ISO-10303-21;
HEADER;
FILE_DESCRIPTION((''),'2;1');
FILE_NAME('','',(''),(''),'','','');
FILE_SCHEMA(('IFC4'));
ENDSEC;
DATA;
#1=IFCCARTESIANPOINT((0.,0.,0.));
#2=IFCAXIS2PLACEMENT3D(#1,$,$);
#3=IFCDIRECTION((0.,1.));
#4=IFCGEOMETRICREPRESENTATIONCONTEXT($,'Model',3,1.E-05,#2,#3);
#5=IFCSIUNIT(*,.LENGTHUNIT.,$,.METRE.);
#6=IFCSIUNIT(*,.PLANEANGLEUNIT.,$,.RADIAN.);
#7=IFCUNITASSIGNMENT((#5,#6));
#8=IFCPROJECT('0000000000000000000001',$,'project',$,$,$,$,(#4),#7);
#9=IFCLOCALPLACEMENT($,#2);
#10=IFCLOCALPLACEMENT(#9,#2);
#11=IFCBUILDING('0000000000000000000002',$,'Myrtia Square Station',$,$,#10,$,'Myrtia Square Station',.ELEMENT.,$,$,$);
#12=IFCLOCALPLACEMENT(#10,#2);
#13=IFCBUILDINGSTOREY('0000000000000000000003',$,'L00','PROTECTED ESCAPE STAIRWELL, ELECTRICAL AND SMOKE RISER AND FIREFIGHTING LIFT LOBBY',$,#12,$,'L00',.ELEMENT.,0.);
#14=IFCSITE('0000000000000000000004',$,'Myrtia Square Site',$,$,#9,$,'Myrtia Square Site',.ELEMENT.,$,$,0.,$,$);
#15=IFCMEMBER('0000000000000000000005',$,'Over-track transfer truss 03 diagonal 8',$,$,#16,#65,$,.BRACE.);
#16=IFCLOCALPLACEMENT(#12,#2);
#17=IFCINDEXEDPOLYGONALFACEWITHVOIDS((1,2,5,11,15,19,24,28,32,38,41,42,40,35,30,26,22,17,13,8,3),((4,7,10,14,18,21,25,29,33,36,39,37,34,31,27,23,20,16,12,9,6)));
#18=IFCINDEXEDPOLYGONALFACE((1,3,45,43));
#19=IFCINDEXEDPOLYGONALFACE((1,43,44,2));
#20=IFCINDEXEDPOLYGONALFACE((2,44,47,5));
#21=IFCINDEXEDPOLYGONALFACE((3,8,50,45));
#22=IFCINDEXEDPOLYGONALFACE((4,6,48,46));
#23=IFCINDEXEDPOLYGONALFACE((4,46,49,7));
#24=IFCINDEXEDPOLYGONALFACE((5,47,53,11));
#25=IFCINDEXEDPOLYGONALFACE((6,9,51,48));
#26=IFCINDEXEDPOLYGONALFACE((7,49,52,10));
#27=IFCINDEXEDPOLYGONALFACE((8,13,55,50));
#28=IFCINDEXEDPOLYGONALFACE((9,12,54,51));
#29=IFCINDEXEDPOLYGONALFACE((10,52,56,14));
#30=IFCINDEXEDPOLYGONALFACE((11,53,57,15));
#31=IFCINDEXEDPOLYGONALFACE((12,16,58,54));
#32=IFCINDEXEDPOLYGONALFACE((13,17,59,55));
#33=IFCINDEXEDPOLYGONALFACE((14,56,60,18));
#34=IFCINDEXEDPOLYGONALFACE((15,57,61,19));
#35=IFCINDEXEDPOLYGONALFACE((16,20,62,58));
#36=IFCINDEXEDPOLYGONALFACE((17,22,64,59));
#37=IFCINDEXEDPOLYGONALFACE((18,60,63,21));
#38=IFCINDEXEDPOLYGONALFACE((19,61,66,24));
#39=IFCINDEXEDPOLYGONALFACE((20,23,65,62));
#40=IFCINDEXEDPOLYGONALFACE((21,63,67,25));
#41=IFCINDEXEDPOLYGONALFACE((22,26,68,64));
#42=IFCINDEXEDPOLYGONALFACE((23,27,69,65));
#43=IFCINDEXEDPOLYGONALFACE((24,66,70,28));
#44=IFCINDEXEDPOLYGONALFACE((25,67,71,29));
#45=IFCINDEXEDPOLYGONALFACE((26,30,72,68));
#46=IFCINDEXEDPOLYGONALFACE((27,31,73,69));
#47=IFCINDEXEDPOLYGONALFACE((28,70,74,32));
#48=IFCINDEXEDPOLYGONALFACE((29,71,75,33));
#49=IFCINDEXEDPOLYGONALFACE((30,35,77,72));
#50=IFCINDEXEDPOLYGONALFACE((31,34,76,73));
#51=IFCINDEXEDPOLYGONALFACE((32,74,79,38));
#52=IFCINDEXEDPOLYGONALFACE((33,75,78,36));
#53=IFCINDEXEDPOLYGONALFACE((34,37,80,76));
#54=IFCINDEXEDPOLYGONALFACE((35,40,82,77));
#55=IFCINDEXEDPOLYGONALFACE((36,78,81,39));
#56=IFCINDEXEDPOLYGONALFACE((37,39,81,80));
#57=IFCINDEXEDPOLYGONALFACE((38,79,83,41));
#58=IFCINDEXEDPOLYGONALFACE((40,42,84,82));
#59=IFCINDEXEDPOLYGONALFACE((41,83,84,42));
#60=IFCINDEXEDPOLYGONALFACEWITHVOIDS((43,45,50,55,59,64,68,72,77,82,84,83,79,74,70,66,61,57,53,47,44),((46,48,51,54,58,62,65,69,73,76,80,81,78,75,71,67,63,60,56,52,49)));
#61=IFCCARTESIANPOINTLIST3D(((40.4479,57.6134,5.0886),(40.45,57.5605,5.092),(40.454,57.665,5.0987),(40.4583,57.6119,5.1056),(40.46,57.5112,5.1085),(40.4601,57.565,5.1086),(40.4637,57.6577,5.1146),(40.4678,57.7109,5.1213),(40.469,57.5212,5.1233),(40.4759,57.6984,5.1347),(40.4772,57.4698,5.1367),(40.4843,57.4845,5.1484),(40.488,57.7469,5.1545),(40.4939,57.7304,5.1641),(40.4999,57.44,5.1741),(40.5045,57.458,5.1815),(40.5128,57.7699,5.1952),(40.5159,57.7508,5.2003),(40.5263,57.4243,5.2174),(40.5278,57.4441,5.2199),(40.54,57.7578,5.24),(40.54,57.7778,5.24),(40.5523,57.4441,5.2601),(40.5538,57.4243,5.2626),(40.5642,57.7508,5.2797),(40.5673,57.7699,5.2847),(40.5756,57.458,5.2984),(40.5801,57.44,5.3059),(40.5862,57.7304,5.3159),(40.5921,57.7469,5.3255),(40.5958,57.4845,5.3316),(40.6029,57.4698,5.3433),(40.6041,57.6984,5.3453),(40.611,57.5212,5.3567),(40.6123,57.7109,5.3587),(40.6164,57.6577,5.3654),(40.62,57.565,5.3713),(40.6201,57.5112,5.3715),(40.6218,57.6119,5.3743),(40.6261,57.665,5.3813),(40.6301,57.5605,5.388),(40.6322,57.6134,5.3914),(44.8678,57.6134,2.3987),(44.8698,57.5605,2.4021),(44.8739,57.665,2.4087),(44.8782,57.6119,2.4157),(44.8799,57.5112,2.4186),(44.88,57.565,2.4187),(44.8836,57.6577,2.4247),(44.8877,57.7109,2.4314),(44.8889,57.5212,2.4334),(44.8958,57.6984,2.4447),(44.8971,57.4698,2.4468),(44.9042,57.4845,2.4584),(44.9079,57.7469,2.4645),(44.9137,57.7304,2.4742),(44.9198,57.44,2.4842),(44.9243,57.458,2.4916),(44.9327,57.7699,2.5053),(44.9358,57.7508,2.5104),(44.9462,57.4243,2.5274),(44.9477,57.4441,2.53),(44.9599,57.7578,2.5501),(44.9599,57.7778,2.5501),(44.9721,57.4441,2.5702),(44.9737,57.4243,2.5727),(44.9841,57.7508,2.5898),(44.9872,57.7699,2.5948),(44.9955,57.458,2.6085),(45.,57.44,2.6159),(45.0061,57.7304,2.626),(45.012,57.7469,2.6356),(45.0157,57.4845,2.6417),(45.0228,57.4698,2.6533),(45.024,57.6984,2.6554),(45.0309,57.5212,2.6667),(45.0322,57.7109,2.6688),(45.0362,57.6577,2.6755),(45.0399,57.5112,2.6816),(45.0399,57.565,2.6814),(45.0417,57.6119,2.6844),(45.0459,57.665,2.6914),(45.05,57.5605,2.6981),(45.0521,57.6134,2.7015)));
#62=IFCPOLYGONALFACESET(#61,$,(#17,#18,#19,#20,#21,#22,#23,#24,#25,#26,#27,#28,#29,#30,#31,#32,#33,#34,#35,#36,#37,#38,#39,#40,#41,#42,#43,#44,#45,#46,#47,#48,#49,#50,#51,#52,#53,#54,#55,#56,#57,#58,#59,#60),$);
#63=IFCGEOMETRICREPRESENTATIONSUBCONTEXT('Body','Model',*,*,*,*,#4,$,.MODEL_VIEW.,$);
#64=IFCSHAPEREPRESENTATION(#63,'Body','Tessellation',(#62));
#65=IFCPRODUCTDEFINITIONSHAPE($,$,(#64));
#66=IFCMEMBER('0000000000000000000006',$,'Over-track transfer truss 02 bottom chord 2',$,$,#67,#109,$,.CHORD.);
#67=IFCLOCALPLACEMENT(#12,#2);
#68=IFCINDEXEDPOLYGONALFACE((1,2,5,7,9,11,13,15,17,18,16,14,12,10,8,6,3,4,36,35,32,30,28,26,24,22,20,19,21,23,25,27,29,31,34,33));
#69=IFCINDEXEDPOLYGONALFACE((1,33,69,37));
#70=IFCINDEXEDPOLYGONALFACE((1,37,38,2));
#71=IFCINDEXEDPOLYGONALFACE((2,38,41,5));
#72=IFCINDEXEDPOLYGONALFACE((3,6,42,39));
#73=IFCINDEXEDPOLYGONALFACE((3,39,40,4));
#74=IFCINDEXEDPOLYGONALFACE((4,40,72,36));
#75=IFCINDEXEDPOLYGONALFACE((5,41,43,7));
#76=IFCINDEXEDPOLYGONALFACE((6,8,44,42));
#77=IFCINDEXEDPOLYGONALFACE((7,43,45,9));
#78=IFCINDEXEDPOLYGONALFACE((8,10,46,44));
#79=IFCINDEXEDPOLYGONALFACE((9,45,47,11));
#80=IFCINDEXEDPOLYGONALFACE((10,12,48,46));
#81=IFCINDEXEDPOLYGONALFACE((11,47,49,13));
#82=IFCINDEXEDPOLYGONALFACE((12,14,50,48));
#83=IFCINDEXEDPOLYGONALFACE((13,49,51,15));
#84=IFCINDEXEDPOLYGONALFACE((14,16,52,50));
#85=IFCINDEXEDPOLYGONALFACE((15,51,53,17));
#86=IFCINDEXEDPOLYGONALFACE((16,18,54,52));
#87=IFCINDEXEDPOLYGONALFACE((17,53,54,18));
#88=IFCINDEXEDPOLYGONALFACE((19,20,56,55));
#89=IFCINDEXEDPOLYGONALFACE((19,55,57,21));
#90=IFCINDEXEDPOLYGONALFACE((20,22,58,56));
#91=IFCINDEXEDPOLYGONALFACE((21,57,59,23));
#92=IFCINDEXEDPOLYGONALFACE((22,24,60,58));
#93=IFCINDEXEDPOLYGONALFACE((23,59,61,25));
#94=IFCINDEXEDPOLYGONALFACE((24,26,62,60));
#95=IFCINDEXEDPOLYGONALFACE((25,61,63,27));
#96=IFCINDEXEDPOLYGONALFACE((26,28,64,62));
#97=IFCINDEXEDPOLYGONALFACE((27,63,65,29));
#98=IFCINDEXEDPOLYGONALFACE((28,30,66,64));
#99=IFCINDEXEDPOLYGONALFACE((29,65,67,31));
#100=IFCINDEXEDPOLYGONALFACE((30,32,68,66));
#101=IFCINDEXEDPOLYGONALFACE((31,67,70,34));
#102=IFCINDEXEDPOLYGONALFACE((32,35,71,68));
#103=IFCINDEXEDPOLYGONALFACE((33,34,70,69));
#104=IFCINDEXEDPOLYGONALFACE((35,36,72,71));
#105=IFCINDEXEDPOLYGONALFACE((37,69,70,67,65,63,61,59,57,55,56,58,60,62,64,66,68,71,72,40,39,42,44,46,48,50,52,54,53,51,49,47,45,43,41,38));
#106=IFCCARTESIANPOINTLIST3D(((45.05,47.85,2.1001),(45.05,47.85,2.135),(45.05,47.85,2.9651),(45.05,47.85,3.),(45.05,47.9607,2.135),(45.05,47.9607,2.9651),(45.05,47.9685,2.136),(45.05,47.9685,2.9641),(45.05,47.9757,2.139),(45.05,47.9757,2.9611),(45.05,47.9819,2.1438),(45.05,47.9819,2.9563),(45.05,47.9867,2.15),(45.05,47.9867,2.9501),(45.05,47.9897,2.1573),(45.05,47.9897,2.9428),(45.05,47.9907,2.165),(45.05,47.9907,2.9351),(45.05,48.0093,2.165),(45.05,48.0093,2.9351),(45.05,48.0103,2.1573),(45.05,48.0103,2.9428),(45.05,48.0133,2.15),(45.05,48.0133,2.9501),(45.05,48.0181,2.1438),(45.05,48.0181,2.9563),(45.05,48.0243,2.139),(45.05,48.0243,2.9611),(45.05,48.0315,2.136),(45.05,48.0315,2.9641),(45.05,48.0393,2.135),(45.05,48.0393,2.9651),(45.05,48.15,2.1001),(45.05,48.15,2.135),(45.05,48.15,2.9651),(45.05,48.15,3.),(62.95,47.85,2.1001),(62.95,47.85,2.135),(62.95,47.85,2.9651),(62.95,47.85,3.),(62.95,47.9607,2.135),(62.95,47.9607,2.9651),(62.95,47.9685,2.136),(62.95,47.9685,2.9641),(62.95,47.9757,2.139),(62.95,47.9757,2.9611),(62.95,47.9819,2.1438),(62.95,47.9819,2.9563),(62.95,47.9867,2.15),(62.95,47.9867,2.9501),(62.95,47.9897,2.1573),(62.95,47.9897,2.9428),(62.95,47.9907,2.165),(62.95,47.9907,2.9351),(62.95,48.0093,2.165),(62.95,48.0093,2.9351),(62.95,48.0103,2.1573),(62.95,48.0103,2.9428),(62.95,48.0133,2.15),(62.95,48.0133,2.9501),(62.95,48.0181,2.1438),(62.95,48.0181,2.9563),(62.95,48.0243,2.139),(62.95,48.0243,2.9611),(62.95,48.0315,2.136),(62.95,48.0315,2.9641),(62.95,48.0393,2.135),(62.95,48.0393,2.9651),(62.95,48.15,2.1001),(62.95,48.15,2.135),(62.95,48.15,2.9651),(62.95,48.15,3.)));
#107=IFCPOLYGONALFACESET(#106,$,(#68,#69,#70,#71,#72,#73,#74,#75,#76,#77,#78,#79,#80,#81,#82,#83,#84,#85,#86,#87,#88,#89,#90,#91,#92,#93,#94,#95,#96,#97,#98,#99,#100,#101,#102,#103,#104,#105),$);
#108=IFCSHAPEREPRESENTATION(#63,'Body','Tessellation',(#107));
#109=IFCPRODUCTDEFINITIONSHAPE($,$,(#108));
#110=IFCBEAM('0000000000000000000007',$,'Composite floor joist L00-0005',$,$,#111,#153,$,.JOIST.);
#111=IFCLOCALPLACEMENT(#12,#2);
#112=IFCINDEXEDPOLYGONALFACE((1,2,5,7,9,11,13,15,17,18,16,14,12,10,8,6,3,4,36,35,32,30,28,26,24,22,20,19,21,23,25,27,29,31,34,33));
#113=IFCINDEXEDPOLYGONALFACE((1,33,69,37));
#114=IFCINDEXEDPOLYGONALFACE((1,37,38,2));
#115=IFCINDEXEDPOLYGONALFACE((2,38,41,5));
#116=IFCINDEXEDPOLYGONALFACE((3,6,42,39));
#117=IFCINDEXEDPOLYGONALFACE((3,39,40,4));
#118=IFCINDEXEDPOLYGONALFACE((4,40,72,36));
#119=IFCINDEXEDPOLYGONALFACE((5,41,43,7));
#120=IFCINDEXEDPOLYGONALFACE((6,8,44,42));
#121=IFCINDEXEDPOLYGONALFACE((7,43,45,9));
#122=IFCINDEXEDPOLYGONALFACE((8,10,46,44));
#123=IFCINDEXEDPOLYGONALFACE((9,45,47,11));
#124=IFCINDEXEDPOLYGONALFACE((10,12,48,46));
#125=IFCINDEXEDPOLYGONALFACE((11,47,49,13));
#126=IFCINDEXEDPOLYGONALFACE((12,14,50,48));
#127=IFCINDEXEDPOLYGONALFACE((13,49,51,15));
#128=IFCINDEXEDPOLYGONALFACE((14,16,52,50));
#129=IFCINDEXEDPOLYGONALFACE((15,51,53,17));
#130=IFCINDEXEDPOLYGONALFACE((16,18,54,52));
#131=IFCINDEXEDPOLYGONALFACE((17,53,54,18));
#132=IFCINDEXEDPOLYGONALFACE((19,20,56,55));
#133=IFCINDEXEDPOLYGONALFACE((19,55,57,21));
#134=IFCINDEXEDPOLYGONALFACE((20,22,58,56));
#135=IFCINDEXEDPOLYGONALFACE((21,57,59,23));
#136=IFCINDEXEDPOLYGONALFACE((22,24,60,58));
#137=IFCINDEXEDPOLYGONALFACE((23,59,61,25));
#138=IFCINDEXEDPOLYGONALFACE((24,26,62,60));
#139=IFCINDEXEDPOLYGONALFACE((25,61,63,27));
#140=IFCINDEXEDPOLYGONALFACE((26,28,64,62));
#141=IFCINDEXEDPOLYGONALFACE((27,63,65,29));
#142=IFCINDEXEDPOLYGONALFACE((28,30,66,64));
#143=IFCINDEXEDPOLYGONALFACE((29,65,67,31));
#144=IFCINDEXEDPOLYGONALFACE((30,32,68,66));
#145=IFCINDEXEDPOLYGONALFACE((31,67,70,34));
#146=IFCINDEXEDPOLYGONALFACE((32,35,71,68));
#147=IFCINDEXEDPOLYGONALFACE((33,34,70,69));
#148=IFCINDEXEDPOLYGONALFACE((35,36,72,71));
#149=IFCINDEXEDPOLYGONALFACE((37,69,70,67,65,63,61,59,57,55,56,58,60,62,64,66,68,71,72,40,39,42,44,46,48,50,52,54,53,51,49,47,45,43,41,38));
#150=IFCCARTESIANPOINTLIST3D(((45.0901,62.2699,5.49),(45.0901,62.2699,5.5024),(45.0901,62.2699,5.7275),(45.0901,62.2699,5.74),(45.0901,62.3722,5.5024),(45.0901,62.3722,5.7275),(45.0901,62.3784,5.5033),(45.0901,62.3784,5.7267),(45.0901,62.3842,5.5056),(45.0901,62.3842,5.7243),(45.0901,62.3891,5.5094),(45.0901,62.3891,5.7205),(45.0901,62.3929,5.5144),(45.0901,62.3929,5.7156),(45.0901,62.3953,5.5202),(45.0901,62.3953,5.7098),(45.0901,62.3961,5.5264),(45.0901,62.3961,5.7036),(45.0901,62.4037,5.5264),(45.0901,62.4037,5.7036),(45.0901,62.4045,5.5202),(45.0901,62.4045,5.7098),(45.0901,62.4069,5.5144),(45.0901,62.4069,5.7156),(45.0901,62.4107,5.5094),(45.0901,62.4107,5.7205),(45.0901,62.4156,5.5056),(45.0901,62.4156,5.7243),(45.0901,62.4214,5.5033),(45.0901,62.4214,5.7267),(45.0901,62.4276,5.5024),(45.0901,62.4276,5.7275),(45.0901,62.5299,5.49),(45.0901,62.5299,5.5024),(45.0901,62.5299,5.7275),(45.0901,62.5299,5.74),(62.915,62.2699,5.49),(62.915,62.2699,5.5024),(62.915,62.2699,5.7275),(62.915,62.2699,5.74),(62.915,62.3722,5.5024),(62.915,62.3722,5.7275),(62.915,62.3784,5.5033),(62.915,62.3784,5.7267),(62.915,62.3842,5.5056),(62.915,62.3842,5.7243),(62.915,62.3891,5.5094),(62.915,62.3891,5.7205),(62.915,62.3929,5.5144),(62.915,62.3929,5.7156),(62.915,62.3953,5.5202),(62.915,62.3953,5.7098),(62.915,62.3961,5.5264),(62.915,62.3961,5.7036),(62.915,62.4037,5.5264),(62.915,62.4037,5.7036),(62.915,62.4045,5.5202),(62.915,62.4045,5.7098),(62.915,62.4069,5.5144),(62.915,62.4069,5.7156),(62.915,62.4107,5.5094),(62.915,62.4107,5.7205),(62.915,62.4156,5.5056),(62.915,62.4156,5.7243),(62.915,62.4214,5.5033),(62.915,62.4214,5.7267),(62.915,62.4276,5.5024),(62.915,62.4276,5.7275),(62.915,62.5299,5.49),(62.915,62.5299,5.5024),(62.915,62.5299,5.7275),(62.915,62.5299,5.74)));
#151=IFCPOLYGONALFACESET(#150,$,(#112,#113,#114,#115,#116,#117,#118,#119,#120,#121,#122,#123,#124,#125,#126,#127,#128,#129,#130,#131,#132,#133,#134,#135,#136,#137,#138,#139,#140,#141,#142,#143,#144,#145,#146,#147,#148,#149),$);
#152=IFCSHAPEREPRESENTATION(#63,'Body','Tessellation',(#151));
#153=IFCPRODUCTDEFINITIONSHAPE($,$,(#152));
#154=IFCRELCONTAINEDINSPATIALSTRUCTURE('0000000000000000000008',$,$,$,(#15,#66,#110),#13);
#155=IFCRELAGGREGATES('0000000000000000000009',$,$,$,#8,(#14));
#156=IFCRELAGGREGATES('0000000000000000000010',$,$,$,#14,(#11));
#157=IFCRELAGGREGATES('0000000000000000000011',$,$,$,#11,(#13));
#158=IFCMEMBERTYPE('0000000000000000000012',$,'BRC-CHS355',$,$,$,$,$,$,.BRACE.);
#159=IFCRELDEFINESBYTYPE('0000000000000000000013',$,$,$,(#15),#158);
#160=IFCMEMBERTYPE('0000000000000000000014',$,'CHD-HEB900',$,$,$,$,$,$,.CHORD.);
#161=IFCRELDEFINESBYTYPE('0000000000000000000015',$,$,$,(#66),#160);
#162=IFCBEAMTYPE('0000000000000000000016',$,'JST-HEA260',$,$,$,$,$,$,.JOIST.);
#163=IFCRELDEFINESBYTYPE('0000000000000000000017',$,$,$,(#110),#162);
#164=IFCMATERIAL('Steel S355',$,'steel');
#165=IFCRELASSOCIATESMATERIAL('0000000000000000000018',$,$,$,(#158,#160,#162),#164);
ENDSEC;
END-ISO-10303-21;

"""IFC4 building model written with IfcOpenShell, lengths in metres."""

from ifc_helpers import new_model, si_unit, direction, frame, origin, origin_2d, place, context, subcontext, project, spatial, hollow_circle, i_section, extrude, material, material_profile, profile_set, type_object, element, save


model = new_model("IFC4")

# Units and contexts
model_context = context("Model", 3, precision=1e-05, world=origin(), true_north=direction((0.0, 1.0)))
body_context = subcontext(model_context, "Body", "Model", "MODEL_VIEW")
ifc_project = project(units=[si_unit("LENGTHUNIT", "METRE"), si_unit("PLANEANGLEUNIT", "RADIAN")], contexts=[model_context])

# Site, building, storey
site_placement = place(None, origin())
site = spatial("IfcSite", under=ifc_project, at=site_placement, Name="Myrtia Square Site", LongName="Myrtia Square Site", CompositionType="ELEMENT", RefElevation=0.0)
building_placement = place(site_placement, origin())
building = spatial("IfcBuilding", under=site, at=building_placement, Name="Myrtia Square Station", LongName="Myrtia Square Station", CompositionType="ELEMENT")
storey_placement = place(building_placement, origin())
storey = spatial("IfcBuildingStorey", under=building, at=storey_placement, Name="L00", Description="PROTECTED ESCAPE STAIRWELL, ELECTRICAL AND SMOKE RISER AND FIREFIGHTING LIFT LOBBY", LongName="L00", CompositionType="ELEMENT", Elevation=0.0)

# Shared definitions
ifc_material_1 = material(Name="Steel S355", Category="steel")

# Members
ifc_material_profile_1 = material_profile(ifc_material_1, hollow_circle(Radius=0.1777, WallThickness=0.02, at=origin_2d()), Name="CHS 355.6x20")
ifc_profile_set_1 = profile_set([ifc_material_profile_1], Name="Steel S355")
member_type_1 = type_object("IfcMemberType", Name="BRC-CHS355", PredefinedType="BRACE", material=ifc_profile_set_1)
for number, where, z_axis, x_axis, name in (
    (1, (40.54, 57.6001, 5.24), (0.854237, 0.0, -0.519884), (0.0, 1.0, 0.0), "Over-track transfer truss 03 diagonal 8"),
):
    element("IfcMember", number, at=place(storey_placement, frame(where, z_axis=z_axis, x_axis=x_axis)), inside=storey, type_object=member_type_1, Name=name, PredefinedType="BRACE", context=body_context, shape_type="SweptSolid", body=[
        extrude(hollow_circle(Radius=0.1777, WallThickness=0.02, at=origin_2d()), origin(), (0.0, 0.0, 1.0), 5.1741),
    ])
ifc_material_profile_2 = material_profile(ifc_material_1, i_section(OverallWidth=0.3, OverallDepth=0.8999, WebThickness=0.0186, FlangeThickness=0.0349, FilletRadius=0.03, at=origin_2d()), Name="HEB 900")
ifc_profile_set_2 = profile_set([ifc_material_profile_2], Name="Steel S355")
member_type_2 = type_object("IfcMemberType", Name="CHD-HEB900", PredefinedType="CHORD", material=ifc_profile_set_2)
member_placement = place(storey_placement, frame((45.05, 48.0, 2.55), z_axis=(1.0, 0.0, 0.0), x_axis=(0.0, 1.0, 0.0)))
element("IfcMember", 2, at=member_placement, inside=storey, type_object=member_type_2, Name="Over-track transfer truss 02 bottom chord 2", PredefinedType="CHORD", context=body_context, shape_type="SweptSolid", body=[
    extrude(i_section(OverallWidth=0.3, OverallDepth=0.8999, WebThickness=0.0186, FlangeThickness=0.0349, FilletRadius=0.03, at=origin_2d()), origin(), (0.0, 0.0, 1.0), 17.8999),
])

# Beam
ifc_material_profile_3 = material_profile(ifc_material_1, i_section(OverallWidth=0.26, OverallDepth=0.25, WebThickness=0.0076, FlangeThickness=0.0125, FilletRadius=0.0239, at=origin_2d()), Name="HEA 260")
ifc_profile_set_3 = profile_set([ifc_material_profile_3], Name="Steel S355")
beam_type_1 = type_object("IfcBeamType", Name="JST-HEA260", PredefinedType="JOIST", material=ifc_profile_set_3)
beam_placement = place(storey_placement, frame((45.0901, 62.3999, 5.615), z_axis=(1.0, 0.0, 0.0), x_axis=(0.0, 1.0, 0.0)))
element("IfcBeam", 3, at=beam_placement, inside=storey, type_object=beam_type_1, Name="Composite floor joist L00-0005", PredefinedType="JOIST", context=body_context, shape_type="SweptSolid", body=[
    extrude(i_section(OverallWidth=0.26, OverallDepth=0.25, WebThickness=0.0076, FlangeThickness=0.0125, FilletRadius=0.0239, at=origin_2d()), origin(), (0.0, 0.0, 1.0), 17.825),
])

save(model, "model.ifc")
